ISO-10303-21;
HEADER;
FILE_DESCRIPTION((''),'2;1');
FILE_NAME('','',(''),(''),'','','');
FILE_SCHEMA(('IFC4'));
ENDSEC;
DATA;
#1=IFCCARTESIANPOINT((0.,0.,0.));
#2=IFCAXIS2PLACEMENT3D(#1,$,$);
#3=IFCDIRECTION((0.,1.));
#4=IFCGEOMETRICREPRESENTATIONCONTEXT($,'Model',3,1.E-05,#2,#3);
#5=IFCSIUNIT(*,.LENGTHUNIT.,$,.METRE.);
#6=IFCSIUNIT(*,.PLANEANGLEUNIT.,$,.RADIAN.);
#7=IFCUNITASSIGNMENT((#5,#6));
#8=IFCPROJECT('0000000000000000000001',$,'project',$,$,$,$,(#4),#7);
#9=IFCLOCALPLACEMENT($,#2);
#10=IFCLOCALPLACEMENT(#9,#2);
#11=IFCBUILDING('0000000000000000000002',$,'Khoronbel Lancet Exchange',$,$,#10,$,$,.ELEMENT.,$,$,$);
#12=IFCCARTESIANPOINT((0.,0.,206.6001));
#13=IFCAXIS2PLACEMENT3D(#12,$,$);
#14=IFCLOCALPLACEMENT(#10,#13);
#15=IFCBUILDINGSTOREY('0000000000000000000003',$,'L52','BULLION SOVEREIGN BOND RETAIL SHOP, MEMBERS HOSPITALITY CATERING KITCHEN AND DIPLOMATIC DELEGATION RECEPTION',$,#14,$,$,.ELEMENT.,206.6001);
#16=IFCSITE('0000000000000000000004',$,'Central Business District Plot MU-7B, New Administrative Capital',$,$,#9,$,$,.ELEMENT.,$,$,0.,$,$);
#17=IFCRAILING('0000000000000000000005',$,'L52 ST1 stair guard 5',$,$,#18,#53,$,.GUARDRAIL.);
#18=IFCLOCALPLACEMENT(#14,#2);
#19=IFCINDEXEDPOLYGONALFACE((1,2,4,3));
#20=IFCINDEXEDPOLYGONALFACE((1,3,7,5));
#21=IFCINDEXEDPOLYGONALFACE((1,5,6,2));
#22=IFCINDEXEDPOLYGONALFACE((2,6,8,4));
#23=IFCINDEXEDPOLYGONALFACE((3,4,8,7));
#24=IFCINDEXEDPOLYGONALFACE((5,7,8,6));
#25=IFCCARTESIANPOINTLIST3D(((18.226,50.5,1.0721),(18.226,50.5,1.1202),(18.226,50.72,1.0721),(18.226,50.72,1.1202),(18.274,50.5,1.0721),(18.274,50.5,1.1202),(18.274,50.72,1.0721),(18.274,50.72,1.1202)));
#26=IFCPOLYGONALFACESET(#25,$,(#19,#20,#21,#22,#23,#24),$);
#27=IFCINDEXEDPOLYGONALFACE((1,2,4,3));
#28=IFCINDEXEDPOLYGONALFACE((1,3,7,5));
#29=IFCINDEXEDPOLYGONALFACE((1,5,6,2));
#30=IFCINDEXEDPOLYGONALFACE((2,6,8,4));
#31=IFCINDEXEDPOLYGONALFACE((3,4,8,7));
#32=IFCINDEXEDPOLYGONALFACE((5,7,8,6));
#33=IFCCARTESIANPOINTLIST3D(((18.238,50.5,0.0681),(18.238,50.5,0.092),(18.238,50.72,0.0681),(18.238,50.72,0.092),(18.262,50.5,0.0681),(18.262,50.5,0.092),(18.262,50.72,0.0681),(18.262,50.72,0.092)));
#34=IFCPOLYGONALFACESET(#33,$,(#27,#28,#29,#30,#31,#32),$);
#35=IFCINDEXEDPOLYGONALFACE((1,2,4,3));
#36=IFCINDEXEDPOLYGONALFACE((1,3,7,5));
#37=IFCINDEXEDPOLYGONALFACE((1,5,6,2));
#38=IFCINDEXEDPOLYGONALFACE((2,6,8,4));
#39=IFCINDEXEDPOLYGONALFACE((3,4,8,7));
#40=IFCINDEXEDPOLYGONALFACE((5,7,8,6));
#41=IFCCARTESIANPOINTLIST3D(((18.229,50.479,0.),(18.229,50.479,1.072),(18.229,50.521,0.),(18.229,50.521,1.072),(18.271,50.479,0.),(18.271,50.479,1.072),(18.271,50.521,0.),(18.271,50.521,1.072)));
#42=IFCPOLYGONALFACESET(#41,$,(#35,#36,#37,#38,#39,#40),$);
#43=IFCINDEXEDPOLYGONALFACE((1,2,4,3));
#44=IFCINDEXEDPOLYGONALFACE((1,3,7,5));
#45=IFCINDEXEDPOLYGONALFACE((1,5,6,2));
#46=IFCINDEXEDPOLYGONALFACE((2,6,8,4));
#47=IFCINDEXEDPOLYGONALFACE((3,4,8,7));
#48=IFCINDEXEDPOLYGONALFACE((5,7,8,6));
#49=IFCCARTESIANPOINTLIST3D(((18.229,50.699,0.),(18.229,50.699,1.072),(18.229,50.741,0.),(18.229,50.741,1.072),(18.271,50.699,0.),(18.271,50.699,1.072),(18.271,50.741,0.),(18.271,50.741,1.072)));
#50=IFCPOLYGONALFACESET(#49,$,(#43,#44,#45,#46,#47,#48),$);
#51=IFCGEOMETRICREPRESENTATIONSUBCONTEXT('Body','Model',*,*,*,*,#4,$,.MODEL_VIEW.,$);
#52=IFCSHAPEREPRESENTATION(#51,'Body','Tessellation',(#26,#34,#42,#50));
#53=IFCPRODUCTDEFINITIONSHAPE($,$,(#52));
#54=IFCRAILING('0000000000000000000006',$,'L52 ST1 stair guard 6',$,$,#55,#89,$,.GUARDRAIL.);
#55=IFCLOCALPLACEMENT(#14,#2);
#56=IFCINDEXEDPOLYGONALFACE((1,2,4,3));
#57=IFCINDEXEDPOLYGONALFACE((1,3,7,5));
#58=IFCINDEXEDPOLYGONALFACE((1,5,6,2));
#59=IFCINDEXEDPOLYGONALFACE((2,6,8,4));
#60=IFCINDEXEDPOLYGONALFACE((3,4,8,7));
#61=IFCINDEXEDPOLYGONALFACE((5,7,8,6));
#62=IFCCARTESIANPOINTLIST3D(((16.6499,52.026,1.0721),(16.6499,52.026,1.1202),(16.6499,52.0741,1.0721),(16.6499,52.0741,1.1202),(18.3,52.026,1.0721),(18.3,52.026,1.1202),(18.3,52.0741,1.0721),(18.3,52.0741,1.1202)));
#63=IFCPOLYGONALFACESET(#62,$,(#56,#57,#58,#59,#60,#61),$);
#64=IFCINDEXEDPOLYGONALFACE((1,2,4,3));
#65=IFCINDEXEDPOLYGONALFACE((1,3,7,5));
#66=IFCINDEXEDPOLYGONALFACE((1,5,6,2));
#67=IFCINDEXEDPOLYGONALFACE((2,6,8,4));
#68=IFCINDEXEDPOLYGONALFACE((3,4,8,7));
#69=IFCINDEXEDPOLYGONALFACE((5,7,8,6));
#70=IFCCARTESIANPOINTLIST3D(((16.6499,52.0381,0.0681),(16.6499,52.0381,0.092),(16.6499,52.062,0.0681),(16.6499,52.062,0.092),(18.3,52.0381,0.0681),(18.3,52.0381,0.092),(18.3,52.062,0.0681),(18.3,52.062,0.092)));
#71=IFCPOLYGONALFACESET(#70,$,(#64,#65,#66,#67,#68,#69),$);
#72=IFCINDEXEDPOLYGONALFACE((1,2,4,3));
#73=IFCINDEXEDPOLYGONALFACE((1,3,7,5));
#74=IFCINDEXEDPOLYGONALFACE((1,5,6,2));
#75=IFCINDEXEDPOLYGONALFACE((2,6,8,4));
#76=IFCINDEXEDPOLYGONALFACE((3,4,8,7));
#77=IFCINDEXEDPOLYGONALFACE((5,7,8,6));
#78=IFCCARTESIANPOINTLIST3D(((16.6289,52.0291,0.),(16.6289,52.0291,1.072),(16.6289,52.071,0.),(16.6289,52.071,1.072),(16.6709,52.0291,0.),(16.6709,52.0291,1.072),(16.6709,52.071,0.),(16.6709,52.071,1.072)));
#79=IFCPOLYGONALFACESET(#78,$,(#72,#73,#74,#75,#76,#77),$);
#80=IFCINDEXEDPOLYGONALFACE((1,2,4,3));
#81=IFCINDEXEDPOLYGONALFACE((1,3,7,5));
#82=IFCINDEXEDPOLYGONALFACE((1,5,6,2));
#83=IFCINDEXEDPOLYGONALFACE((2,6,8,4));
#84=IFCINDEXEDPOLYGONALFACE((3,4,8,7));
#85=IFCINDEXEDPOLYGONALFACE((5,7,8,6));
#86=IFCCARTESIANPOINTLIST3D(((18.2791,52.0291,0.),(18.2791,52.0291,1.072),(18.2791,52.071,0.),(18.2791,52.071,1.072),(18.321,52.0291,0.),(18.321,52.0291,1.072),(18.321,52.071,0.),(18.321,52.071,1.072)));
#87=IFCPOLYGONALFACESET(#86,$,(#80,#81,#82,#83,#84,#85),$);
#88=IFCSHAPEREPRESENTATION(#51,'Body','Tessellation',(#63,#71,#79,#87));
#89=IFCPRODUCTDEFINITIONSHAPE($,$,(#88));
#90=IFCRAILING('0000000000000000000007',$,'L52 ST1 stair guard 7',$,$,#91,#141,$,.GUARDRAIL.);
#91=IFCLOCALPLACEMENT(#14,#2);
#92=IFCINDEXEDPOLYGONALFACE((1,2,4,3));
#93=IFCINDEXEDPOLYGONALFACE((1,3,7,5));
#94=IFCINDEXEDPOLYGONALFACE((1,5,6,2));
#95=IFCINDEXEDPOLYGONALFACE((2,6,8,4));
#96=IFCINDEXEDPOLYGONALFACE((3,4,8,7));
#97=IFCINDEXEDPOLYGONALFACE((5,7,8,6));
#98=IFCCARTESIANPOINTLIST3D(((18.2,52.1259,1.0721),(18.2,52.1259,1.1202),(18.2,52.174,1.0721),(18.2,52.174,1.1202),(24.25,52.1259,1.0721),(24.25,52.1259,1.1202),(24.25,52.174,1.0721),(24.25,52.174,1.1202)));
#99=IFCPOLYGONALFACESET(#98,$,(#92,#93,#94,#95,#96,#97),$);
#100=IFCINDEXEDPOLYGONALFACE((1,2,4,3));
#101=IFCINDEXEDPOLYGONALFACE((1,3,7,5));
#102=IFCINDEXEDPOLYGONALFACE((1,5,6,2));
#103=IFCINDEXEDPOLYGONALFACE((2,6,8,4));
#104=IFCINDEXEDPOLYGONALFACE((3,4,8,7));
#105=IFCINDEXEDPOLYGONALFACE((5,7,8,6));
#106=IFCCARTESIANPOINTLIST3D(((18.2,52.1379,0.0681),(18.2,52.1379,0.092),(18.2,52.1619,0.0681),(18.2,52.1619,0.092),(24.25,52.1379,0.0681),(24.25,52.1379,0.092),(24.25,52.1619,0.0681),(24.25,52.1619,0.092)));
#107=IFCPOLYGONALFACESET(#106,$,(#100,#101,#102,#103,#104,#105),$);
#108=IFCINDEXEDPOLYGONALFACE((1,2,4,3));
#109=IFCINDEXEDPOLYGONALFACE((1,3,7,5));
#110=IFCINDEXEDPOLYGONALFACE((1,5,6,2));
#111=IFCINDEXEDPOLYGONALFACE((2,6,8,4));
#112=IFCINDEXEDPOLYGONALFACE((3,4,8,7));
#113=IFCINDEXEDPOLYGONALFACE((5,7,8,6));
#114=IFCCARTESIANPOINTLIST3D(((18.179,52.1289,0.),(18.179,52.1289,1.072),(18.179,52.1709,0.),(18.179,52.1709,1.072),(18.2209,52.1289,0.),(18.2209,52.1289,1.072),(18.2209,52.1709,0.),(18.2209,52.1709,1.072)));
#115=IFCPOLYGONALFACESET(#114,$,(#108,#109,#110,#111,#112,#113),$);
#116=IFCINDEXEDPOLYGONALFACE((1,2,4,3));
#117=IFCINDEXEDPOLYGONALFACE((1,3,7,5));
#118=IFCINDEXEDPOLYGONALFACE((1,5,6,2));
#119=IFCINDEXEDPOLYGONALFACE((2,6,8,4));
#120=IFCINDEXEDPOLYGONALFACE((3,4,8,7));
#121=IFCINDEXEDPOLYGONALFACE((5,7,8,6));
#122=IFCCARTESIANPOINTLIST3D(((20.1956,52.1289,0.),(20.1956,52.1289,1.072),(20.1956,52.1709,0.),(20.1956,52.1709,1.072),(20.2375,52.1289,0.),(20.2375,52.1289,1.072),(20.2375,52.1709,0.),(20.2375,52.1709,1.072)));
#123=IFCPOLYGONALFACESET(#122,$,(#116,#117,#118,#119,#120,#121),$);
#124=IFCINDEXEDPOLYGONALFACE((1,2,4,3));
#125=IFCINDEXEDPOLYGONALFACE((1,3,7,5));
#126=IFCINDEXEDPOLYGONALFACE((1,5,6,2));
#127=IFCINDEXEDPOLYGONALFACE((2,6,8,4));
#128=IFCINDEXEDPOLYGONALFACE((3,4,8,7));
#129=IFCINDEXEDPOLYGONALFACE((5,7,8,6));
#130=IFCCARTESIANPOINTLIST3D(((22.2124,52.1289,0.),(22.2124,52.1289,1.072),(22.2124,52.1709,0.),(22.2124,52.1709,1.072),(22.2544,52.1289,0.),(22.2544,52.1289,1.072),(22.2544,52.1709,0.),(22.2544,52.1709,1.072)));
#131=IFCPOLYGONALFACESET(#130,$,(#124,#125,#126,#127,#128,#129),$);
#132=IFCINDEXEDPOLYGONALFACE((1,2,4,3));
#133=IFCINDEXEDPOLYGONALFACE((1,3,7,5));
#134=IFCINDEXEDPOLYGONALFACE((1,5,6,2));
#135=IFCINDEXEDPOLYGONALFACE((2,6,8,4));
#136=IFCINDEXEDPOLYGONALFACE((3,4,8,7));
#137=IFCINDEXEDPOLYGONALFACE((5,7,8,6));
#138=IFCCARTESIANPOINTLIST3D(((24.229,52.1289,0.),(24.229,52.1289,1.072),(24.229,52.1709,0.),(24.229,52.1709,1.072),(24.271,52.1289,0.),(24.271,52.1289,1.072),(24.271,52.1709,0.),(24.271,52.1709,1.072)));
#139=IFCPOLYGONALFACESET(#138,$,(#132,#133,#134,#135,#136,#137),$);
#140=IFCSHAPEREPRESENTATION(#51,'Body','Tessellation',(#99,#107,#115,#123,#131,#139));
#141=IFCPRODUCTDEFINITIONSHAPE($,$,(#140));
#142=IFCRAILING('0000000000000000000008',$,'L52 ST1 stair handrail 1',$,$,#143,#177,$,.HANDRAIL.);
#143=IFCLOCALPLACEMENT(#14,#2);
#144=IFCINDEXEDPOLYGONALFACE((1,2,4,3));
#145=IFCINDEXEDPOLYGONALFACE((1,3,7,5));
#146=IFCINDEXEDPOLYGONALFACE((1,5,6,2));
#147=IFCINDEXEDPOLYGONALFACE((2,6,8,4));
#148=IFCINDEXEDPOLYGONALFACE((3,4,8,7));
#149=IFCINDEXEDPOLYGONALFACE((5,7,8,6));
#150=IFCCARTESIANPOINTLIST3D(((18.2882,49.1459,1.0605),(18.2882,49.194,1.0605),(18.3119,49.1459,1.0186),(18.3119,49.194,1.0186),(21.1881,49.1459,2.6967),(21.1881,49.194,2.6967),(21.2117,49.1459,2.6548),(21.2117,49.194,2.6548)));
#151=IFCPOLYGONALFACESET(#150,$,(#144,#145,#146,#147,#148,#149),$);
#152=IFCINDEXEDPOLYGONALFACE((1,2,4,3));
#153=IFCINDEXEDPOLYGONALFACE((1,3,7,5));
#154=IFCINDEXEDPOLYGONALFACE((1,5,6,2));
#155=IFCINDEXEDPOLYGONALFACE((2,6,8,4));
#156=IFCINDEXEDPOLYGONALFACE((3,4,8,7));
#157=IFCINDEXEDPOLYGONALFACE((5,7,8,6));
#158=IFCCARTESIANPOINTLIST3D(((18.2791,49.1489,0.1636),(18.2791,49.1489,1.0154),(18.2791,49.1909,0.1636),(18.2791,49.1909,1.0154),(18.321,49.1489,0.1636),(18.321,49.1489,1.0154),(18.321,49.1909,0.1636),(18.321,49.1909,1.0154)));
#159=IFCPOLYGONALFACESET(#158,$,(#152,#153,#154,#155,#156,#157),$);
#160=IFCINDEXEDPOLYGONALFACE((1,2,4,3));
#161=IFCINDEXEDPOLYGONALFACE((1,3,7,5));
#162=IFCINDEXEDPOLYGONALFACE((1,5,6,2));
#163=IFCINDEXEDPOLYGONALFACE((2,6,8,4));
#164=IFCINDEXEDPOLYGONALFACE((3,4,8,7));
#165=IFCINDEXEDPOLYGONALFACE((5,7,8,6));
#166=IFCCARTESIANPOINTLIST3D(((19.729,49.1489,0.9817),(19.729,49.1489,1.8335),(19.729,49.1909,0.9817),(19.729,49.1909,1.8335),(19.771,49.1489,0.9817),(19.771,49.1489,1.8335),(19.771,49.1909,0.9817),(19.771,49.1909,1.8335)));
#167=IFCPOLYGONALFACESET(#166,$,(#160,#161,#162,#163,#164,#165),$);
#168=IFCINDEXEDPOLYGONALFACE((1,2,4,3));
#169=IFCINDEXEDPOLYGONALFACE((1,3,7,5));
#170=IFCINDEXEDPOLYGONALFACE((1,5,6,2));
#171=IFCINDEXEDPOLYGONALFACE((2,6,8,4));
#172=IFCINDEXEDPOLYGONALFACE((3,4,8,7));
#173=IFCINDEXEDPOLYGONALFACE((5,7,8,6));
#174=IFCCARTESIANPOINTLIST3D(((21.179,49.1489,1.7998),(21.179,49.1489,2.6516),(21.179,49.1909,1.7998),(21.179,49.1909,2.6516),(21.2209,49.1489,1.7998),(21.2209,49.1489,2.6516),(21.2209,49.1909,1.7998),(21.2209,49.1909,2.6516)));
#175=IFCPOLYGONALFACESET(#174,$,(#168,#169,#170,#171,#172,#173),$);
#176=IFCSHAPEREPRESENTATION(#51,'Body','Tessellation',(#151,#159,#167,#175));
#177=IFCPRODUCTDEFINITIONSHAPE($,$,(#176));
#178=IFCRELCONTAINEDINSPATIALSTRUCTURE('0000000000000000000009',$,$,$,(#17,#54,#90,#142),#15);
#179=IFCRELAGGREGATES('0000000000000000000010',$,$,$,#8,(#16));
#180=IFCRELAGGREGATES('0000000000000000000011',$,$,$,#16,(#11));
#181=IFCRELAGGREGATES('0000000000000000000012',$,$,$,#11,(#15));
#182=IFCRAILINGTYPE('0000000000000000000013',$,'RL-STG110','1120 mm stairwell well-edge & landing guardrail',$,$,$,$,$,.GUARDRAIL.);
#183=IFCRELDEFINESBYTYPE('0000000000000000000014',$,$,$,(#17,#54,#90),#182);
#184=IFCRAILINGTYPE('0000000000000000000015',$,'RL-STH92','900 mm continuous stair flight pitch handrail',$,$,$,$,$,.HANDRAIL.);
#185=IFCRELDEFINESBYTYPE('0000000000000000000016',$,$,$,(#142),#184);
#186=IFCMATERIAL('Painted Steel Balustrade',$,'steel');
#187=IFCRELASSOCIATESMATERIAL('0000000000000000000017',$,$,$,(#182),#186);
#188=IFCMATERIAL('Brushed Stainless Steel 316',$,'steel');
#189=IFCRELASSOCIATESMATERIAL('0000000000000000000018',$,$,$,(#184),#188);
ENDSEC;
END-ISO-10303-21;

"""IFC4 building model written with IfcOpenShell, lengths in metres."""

from ifc_helpers import new_model, si_unit, direction, frame, origin, origin_2d, place, context, subcontext, project, spatial, rectangle, extrude, material, type_object, element, save


model = new_model("IFC4")

# Units and contexts
model_context = context("Model", 3, precision=1e-05, world=origin(), true_north=direction((0.0, 1.0)))
body_context = subcontext(model_context, "Body", "Model", "MODEL_VIEW")
ifc_project = project(units=[si_unit("LENGTHUNIT", "METRE"), si_unit("PLANEANGLEUNIT", "RADIAN")], contexts=[model_context])

# Site, building, storey
site_placement = place(None, origin())
site = spatial("IfcSite", under=ifc_project, at=site_placement, Name="Central Business District Plot MU-7B, New Administrative Capital", CompositionType="ELEMENT", RefElevation=0.0)
building_placement = place(site_placement, origin())
building = spatial("IfcBuilding", under=site, at=building_placement, Name="Khoronbel Lancet Exchange", CompositionType="ELEMENT")
storey_placement = place(building_placement, frame((0.0, 0.0, 206.6001)))
storey = spatial("IfcBuildingStorey", under=building, at=storey_placement, Name="L52", Description="BULLION SOVEREIGN BOND RETAIL SHOP, MEMBERS HOSPITALITY CATERING KITCHEN AND DIPLOMATIC DELEGATION RECEPTION", CompositionType="ELEMENT", Elevation=206.6001)

# Railings
ifc_material_1 = material(Name="Painted Steel Balustrade", Category="steel")
railing_type_1 = type_object("IfcRailingType", Name="RL-STG110", Description="1120 mm stairwell well-edge & landing guardrail", PredefinedType="GUARDRAIL", material=ifc_material_1)
railing_1_placement = place(storey_placement, frame((18.25, 50.5, 0.0)))
element("IfcRailing", 1, at=railing_1_placement, inside=storey, type_object=railing_type_1, Name="L52 ST1 stair guard 5", PredefinedType="GUARDRAIL", context=body_context, shape_type="SweptSolid", body=[
    extrude(rectangle(XDim=0.0481, YDim=0.0481, at=origin_2d()), frame((0.0, 0.0, 1.0962), z_axis=(0.0, 1.0, 0.0), x_axis=(-1.0, 0.0, 0.0)), (0.0, 0.0, 1.0), 0.22),
    extrude(rectangle(XDim=0.0239, YDim=0.0239, at=origin_2d()), frame((0.0, 0.0, 0.0801), z_axis=(0.0, 1.0, 0.0), x_axis=(-1.0, 0.0, 0.0)), (0.0, 0.0, 1.0), 0.22),
    extrude(rectangle(XDim=0.042, YDim=0.042, at=origin_2d()), origin(), (0.0, 0.0, 1.0), 1.072),
    extrude(rectangle(XDim=0.042, YDim=0.042, at=origin_2d()), frame((0.0, 0.22, 0.0)), (0.0, 0.0, 1.0), 1.072),
])
railing_2_placement = place(storey_placement, frame((16.6499, 52.05, 0.0)))
element("IfcRailing", 2, at=railing_2_placement, inside=storey, type_object=railing_type_1, Name="L52 ST1 stair guard 6", PredefinedType="GUARDRAIL", context=body_context, shape_type="SweptSolid", body=[
    extrude(rectangle(XDim=0.0481, YDim=0.0481, at=origin_2d()), frame((0.0, 0.0, 1.0962), z_axis=(1.0, 0.0, 0.0), x_axis=(0.0, 1.0, 0.0)), (0.0, 0.0, 1.0), 1.6501),
    extrude(rectangle(XDim=0.0239, YDim=0.0239, at=origin_2d()), frame((0.0, 0.0, 0.0801), z_axis=(1.0, 0.0, 0.0), x_axis=(0.0, 1.0, 0.0)), (0.0, 0.0, 1.0), 1.6501),
    extrude(rectangle(XDim=0.042, YDim=0.042, at=origin_2d()), origin(), (0.0, 0.0, 1.0), 1.072),
    extrude(rectangle(XDim=0.042, YDim=0.042, at=origin_2d()), frame((1.6501, 0.0, 0.0)), (0.0, 0.0, 1.0), 1.072),
])
railing_3_placement = place(storey_placement, frame((18.2, 52.1499, 0.0)))
element("IfcRailing", 3, at=railing_3_placement, inside=storey, type_object=railing_type_1, Name="L52 ST1 stair guard 7", PredefinedType="GUARDRAIL", context=body_context, shape_type="SweptSolid", body=[
    extrude(rectangle(XDim=0.0481, YDim=0.0481, at=origin_2d()), frame((0.0, 0.0, 1.0962), z_axis=(1.0, 0.0, 0.0), x_axis=(0.0, 1.0, 0.0)), (0.0, 0.0, 1.0), 6.05),
    extrude(rectangle(XDim=0.0239, YDim=0.0239, at=origin_2d()), frame((0.0, 0.0, 0.0801), z_axis=(1.0, 0.0, 0.0), x_axis=(0.0, 1.0, 0.0)), (0.0, 0.0, 1.0), 6.05),
    extrude(rectangle(XDim=0.042, YDim=0.042, at=origin_2d()), origin(), (0.0, 0.0, 1.0), 1.072),
    extrude(rectangle(XDim=0.042, YDim=0.042, at=origin_2d()), frame((2.0166, 0.0, 0.0)), (0.0, 0.0, 1.0), 1.072),
    extrude(rectangle(XDim=0.042, YDim=0.042, at=origin_2d()), frame((4.0334, 0.0, 0.0)), (0.0, 0.0, 1.0), 1.072),
    extrude(rectangle(XDim=0.042, YDim=0.042, at=origin_2d()), frame((6.05, 0.0, 0.0)), (0.0, 0.0, 1.0), 1.072),
])
ifc_material_2 = material(Name="Brushed Stainless Steel 316", Category="steel")
railing_type_2 = type_object("IfcRailingType", Name="RL-STH92", Description="900 mm continuous stair flight pitch handrail", PredefinedType="HANDRAIL", material=ifc_material_2)
railing_4_placement = place(storey_placement, frame((18.3, 49.1699, 0.1636)))
element("IfcRailing", 4, at=railing_4_placement, inside=storey, type_object=railing_type_2, Name="L52 ST1 stair handrail 1", PredefinedType="HANDRAIL", context=body_context, shape_type="SweptSolid", body=[
    extrude(rectangle(XDim=0.0481, YDim=0.0481, at=origin_2d()), frame((0.0, 0.0, 0.876), z_axis=(0.870929, 0.0, 0.49141), x_axis=(0.0, 1.0, 0.0)), (0.0, 0.0, 1.0), 3.3296),
    extrude(rectangle(XDim=0.042, YDim=0.042, at=origin_2d()), origin(), (0.0, 0.0, 1.0), 0.8518),
    extrude(rectangle(XDim=0.042, YDim=0.042, at=origin_2d()), frame((1.45, 0.0, 0.8181)), (0.0, 0.0, 1.0), 0.8518),
    extrude(rectangle(XDim=0.042, YDim=0.042, at=origin_2d()), frame((2.8999, 0.0, 1.6362)), (0.0, 0.0, 1.0), 0.8518),
])

save(model, "model.ifc")
